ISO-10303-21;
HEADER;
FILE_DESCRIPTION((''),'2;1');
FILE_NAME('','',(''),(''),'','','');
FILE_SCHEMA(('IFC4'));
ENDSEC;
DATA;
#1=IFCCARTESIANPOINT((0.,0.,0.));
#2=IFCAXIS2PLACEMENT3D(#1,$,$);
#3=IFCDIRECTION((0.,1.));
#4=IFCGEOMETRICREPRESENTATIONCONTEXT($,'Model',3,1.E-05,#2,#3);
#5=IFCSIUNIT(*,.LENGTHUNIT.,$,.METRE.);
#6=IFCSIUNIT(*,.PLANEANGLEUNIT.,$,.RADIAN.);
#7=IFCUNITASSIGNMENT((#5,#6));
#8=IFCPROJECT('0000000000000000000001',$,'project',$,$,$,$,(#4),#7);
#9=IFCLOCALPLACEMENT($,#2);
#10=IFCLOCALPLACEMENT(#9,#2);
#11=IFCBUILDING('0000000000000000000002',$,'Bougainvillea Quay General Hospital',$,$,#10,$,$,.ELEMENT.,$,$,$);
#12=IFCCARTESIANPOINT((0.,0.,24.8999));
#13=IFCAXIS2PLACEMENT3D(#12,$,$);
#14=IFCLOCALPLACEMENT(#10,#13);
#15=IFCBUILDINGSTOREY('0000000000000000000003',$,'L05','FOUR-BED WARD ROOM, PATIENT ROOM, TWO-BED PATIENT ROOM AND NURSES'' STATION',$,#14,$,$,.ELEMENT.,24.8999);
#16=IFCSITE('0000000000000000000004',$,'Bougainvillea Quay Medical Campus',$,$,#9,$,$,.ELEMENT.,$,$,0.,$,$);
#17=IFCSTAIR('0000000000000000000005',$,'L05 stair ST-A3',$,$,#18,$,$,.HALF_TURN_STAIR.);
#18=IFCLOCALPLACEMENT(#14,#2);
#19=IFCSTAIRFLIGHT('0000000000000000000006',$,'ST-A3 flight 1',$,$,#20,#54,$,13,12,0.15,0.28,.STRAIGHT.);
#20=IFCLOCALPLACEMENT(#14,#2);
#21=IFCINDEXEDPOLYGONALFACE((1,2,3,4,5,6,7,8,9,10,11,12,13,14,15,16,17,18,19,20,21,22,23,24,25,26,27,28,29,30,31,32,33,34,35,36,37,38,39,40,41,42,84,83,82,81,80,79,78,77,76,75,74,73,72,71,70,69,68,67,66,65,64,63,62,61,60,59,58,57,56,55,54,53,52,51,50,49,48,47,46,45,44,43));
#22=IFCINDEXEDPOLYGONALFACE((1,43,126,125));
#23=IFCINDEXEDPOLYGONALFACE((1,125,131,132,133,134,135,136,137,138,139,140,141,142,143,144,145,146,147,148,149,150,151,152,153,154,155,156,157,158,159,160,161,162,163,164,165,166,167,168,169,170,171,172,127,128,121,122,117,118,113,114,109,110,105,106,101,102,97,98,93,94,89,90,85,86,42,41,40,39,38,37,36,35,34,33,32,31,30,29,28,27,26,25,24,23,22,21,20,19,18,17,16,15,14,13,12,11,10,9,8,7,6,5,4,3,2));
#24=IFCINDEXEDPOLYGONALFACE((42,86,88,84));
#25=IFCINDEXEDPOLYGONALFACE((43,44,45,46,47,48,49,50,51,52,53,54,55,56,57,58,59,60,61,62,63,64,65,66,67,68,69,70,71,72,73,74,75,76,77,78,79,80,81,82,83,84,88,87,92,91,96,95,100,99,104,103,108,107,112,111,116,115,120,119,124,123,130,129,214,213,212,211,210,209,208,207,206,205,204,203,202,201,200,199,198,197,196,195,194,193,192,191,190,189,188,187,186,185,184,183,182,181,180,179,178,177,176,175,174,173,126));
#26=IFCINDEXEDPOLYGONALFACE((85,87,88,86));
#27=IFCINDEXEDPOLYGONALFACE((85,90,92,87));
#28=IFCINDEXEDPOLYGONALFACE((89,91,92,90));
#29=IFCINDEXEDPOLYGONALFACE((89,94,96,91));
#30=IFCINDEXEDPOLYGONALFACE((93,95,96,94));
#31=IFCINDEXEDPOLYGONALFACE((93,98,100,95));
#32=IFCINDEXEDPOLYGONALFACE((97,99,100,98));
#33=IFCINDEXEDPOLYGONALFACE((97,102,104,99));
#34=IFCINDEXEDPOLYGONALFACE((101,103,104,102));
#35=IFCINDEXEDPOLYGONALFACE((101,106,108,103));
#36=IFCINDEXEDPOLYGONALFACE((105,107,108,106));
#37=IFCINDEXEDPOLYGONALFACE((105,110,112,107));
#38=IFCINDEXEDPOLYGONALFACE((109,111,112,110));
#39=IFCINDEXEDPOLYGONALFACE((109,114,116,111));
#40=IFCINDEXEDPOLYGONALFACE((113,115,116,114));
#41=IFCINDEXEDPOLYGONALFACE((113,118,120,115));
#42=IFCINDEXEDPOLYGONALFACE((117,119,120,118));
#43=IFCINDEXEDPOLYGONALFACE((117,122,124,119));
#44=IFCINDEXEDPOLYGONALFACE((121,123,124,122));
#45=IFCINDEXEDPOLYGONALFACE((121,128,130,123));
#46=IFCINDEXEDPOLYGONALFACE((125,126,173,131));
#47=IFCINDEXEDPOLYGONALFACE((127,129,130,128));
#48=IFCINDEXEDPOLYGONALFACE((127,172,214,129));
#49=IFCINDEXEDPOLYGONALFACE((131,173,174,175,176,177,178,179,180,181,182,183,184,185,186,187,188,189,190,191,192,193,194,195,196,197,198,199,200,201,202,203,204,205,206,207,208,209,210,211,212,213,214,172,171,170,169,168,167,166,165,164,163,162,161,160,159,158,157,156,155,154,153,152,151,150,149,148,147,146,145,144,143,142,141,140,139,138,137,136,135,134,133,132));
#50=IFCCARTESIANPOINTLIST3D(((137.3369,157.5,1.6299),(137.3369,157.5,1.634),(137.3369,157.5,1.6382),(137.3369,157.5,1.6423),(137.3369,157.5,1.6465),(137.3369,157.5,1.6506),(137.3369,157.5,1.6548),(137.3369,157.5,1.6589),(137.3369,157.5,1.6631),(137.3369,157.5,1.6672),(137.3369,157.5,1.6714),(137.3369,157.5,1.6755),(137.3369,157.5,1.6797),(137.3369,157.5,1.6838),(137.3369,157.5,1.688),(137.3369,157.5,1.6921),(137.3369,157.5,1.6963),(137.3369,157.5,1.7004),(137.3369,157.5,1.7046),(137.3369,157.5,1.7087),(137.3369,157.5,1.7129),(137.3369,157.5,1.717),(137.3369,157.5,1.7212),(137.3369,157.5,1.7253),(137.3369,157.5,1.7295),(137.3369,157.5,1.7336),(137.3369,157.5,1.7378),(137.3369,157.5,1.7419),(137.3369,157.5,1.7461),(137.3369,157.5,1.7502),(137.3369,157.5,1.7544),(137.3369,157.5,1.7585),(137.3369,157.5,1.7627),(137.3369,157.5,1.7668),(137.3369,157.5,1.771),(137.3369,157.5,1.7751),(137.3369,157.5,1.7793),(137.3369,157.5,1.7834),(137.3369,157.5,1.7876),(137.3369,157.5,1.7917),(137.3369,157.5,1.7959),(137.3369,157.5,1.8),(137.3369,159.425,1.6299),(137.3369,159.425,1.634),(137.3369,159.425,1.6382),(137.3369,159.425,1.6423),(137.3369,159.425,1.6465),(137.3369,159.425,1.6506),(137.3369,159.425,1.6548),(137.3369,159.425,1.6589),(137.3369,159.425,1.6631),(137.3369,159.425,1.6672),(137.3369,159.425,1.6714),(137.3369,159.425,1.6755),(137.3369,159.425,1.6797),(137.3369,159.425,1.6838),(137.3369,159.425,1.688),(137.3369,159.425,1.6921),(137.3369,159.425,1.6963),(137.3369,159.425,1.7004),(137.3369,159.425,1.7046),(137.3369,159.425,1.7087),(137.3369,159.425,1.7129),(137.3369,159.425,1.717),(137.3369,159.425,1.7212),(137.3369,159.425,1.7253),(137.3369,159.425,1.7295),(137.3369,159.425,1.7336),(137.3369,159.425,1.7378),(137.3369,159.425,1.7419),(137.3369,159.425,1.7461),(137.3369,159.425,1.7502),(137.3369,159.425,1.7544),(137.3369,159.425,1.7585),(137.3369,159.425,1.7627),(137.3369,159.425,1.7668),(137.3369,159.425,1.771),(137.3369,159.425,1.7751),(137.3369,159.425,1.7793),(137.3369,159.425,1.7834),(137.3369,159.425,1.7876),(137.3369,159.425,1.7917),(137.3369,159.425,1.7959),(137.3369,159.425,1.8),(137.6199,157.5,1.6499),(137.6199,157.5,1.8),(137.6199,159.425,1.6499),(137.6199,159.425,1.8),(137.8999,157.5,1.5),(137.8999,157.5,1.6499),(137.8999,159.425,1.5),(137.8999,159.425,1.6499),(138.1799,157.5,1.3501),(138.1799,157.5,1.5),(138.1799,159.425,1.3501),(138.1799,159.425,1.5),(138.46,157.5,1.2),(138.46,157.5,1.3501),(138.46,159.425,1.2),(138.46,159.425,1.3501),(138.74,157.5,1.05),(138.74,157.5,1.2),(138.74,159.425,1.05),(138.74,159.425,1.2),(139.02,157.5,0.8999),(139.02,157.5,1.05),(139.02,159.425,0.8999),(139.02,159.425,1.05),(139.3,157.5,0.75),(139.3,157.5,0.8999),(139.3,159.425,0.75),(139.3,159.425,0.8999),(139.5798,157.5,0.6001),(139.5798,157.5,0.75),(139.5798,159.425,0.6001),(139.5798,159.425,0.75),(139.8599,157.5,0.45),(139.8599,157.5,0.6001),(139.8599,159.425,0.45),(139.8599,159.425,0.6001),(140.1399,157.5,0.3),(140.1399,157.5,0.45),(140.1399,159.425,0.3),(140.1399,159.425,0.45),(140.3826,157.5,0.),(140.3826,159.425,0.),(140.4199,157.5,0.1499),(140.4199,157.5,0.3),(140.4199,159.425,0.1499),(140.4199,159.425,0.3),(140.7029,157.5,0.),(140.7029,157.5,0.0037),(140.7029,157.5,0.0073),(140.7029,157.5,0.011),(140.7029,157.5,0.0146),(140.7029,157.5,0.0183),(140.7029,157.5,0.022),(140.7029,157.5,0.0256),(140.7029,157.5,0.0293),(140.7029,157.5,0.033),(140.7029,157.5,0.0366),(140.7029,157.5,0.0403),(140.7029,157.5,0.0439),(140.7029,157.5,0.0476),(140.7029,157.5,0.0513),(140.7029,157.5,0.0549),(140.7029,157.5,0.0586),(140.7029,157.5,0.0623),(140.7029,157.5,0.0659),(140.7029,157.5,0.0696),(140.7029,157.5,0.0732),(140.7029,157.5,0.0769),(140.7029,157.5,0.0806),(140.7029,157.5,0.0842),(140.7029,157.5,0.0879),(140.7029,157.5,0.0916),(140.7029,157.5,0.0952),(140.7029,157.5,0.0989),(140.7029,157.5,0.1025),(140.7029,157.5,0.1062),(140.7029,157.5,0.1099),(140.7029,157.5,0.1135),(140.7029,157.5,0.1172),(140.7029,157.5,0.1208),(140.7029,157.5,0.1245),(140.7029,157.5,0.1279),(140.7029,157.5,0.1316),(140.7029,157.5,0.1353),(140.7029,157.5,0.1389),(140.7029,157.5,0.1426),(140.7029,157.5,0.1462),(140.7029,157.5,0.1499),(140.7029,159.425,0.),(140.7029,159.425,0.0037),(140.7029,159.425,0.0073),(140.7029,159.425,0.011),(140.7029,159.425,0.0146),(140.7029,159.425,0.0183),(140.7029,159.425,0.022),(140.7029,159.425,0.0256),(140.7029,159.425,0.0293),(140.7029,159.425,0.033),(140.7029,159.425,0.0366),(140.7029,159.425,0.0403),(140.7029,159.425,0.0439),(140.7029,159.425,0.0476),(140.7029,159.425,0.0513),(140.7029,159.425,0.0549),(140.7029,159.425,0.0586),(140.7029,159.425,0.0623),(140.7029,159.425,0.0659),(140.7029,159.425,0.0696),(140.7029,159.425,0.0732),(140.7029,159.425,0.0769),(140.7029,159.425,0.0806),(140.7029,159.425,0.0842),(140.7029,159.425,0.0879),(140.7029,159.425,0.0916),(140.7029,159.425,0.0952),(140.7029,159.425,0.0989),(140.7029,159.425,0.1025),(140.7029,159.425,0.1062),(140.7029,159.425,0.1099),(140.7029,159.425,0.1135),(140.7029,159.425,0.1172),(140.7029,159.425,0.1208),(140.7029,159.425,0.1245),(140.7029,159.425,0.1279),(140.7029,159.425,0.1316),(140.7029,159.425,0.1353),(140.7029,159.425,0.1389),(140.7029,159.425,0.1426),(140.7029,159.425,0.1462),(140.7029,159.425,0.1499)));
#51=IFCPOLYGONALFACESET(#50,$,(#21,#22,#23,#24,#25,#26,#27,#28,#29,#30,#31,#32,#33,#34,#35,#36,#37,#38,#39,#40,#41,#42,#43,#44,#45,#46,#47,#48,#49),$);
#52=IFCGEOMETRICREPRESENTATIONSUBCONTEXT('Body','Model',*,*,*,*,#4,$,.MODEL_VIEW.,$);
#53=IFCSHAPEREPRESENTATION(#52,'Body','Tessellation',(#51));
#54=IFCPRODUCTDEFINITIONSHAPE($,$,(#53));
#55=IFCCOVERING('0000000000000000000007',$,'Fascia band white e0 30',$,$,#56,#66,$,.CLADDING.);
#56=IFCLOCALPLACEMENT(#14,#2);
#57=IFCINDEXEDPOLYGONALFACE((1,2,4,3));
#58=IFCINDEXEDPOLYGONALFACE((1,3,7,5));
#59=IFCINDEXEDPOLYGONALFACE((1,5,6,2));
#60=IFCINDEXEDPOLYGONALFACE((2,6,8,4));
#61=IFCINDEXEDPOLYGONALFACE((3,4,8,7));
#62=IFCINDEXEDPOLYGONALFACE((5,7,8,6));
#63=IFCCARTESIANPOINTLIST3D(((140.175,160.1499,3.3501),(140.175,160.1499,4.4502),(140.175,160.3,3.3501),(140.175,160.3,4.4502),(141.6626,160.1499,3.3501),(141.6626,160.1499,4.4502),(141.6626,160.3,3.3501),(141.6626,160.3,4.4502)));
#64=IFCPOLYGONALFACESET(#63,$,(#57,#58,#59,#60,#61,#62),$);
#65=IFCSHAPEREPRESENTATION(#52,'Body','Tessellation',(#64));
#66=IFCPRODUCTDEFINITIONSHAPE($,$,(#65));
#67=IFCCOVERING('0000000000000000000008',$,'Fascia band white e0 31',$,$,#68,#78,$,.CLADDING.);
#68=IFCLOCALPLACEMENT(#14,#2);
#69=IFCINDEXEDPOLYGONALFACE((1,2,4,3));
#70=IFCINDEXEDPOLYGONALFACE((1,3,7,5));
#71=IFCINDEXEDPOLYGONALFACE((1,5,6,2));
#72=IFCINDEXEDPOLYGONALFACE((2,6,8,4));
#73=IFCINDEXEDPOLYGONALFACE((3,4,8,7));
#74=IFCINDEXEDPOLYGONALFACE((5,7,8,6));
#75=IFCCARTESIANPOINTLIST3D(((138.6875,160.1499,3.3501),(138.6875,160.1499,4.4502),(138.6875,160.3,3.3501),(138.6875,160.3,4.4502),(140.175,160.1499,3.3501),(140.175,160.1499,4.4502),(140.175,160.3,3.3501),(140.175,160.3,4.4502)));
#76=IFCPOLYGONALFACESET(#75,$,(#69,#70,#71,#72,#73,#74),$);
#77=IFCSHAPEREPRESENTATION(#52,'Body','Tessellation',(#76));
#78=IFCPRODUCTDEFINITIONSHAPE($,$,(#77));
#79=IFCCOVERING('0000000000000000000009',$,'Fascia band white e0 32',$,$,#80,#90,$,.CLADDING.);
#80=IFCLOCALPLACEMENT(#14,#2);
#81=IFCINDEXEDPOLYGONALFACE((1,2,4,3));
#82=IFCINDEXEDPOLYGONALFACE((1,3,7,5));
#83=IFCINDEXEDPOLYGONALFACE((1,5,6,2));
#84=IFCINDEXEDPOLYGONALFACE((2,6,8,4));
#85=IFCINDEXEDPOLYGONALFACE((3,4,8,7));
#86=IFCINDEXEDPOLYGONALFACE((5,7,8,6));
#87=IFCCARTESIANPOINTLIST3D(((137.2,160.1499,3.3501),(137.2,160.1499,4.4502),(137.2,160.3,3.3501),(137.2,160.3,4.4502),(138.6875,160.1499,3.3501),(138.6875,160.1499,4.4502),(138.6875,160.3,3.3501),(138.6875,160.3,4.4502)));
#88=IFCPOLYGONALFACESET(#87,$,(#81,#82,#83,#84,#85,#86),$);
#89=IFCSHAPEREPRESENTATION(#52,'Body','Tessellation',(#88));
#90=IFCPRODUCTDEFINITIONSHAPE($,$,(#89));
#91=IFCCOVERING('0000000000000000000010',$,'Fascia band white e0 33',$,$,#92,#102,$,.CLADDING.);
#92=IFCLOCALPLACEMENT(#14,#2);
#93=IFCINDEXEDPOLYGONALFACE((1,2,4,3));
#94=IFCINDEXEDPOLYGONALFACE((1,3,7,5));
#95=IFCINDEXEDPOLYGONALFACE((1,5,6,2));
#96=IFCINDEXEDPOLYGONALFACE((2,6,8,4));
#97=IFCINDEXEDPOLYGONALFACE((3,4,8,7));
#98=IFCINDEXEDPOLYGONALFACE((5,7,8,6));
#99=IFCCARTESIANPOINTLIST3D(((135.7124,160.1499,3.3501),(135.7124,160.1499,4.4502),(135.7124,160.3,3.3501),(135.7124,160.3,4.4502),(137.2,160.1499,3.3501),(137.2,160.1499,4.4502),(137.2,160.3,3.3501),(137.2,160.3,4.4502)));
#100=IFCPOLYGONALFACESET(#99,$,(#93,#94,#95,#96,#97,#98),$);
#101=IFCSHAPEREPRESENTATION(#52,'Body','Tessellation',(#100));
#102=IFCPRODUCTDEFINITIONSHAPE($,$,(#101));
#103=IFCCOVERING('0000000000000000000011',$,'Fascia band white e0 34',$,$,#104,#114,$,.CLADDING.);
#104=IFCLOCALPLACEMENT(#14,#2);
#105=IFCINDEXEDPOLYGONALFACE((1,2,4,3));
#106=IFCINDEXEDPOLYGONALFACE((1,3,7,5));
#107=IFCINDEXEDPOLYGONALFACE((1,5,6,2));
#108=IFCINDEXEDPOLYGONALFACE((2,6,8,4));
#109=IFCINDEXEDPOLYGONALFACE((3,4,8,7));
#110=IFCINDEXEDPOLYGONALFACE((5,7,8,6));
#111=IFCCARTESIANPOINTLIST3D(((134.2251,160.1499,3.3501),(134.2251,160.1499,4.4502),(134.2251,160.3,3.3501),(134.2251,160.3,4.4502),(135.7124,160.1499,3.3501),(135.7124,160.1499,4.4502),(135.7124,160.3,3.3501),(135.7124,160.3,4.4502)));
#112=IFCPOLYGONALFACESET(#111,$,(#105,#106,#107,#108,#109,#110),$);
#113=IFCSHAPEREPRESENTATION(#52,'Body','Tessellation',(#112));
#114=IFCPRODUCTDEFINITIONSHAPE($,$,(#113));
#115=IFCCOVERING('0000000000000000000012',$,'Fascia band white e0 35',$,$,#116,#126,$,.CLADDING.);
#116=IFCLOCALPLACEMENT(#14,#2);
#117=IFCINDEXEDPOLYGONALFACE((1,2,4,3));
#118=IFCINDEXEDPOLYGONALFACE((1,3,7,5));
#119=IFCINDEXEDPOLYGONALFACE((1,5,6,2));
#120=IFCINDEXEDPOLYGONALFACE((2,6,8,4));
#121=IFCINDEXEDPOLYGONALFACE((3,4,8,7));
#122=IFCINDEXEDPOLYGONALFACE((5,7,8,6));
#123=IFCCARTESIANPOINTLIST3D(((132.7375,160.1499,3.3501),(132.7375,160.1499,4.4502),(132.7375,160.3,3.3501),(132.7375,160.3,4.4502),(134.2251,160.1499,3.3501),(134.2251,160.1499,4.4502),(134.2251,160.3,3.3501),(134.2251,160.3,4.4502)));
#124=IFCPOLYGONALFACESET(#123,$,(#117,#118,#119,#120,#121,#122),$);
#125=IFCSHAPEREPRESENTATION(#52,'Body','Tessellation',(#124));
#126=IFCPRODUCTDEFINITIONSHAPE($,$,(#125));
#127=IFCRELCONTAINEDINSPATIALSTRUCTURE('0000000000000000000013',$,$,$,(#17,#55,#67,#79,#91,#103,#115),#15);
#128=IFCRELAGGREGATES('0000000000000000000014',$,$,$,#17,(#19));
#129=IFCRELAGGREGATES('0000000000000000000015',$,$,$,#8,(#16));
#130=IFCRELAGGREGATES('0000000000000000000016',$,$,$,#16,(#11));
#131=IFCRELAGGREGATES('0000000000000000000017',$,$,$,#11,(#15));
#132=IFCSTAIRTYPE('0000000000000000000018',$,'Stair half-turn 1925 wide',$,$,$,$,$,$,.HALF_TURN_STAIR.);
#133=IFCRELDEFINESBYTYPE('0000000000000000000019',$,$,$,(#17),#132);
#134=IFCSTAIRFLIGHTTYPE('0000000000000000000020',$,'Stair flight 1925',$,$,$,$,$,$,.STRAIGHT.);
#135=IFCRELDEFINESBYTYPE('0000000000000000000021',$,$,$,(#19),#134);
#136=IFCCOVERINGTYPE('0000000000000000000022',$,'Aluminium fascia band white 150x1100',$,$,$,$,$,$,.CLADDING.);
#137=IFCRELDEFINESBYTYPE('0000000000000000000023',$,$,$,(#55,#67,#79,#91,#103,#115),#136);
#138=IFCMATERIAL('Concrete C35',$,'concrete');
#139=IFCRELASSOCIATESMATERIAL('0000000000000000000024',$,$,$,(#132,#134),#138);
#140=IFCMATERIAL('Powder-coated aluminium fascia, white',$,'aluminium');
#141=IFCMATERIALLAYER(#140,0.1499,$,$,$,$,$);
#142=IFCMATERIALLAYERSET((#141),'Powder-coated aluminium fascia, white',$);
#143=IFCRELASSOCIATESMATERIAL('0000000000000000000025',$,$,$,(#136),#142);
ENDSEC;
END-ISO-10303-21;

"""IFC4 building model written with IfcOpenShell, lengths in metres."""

from ifc_helpers import new_model, si_unit, direction, frame, origin, place, context, subcontext, project, spatial, polyline, outline, extrude, material, layer, layer_set, type_object, element, aggregate, save


model = new_model("IFC4")

# Units and contexts
model_context = context("Model", 3, precision=1e-05, world=origin(), true_north=direction((0.0, 1.0)))
body_context = subcontext(model_context, "Body", "Model", "MODEL_VIEW")
ifc_project = project(units=[si_unit("LENGTHUNIT", "METRE"), si_unit("PLANEANGLEUNIT", "RADIAN")], contexts=[model_context])

# Site, building, storey
site_placement = place(None, origin())
site = spatial("IfcSite", under=ifc_project, at=site_placement, Name="Bougainvillea Quay Medical Campus", CompositionType="ELEMENT", RefElevation=0.0)
building_placement = place(site_placement, origin())
building = spatial("IfcBuilding", under=site, at=building_placement, Name="Bougainvillea Quay General Hospital", CompositionType="ELEMENT")
storey_placement = place(building_placement, frame((0.0, 0.0, 24.8999)))
storey = spatial("IfcBuildingStorey", under=building, at=storey_placement, Name="L05", Description="FOUR-BED WARD ROOM, PATIENT ROOM, TWO-BED PATIENT ROOM AND NURSES' STATION", CompositionType="ELEMENT", Elevation=24.8999)

# Stair, stair flight
ifc_material_1 = material(Name="Concrete C35", Category="concrete")
stair_type = type_object("IfcStairType", Name="Stair half-turn 1925 wide", PredefinedType="HALF_TURN_STAIR", material=ifc_material_1)
stair_placement = place(storey_placement, origin())
stair = element("IfcStair", 1, at=stair_placement, inside=storey, type_object=stair_type, Name="L05 stair ST-A3", PredefinedType="HALF_TURN_STAIR")
stair_flight_type = type_object("IfcStairFlightType", Name="Stair flight 1925", PredefinedType="STRAIGHT", material=ifc_material_1)
stair_flight_1_placement = place(storey_placement, frame((140.7, 158.4624, 0.0), z_axis=(0.0, 0.0, 1.0), x_axis=(-1.0, 0.0, 0.0)))
stair_flight_1 = element("IfcStairFlight", 2, at=stair_flight_1_placement, type_object=stair_flight_type, Name="ST-A3 flight 1", NumberOfRisers=13, NumberOfTreads=12, PredefinedType="STRAIGHT", RiserHeight=0.15, TreadLength=0.28, context=body_context, shape_type="SweptSolid", body=[
    extrude(outline(polyline([(-0.0029, 0.0), (-0.0029, 0.0037), (-0.0029, 0.0073), (-0.0029, 0.011), (-0.0029, 0.0146), (-0.0029, 0.0183), (-0.0029, 0.022), (-0.0029, 0.0256), (-0.0029, 0.0293), (-0.0029, 0.033), (-0.0029, 0.0366), (-0.0029, 0.0403), (-0.0029, 0.0439), (-0.0029, 0.0476), (-0.0029, 0.0513), (-0.0029, 0.0549), (-0.0029, 0.0586), (-0.0029, 0.0623), (-0.0029, 0.0659), (-0.0029, 0.0696), (-0.0029, 0.0732), (-0.0029, 0.0769), (-0.0029, 0.0806), (-0.0029, 0.0842), (-0.0029, 0.0879), (-0.0029, 0.0916), (-0.0029, 0.0952), (-0.0029, 0.0989), (-0.0029, 0.1025), (-0.0029, 0.1062), (-0.0029, 0.1099), (-0.0029, 0.1135), (-0.0029, 0.1172), (-0.0029, 0.1208), (-0.0029, 0.1245), (-0.0029, 0.1279), (-0.0029, 0.1316), (-0.0029, 0.1353), (-0.0029, 0.1389), (-0.0029, 0.1426), (-0.0029, 0.1462), (-0.0029, 0.1499), (0.28, 0.1499), (0.28, 0.3), (0.5601, 0.3), (0.5601, 0.45), (0.8401, 0.45), (0.8401, 0.6001), (1.1201, 0.6001), (1.1201, 0.75), (1.3999, 0.75), (1.3999, 0.8999), (1.6799, 0.8999), (1.6799, 1.05), (1.96, 1.05), (1.96, 1.2), (2.24, 1.2), (2.24, 1.3501), (2.52, 1.3501), (2.52, 1.5), (2.8, 1.5), (2.8, 1.6499), (3.0801, 1.6499), (3.0801, 1.8), (3.363, 1.8), (3.363, 1.7959), (3.363, 1.7917), (3.363, 1.7876), (3.363, 1.7834), (3.363, 1.7793), (3.363, 1.7751), (3.363, 1.771), (3.363, 1.7668), (3.363, 1.7627), (3.363, 1.7585), (3.363, 1.7544), (3.363, 1.7502), (3.363, 1.7461), (3.363, 1.7419), (3.363, 1.7378), (3.363, 1.7336), (3.363, 1.7295), (3.363, 1.7253), (3.363, 1.7212), (3.363, 1.717), (3.363, 1.7129), (3.363, 1.7087), (3.363, 1.7046), (3.363, 1.7004), (3.363, 1.6963), (3.363, 1.6921), (3.363, 1.688), (3.363, 1.6838), (3.363, 1.6797), (3.363, 1.6755), (3.363, 1.6714), (3.363, 1.6672), (3.363, 1.6631), (3.363, 1.6589), (3.363, 1.6548), (3.363, 1.6506), (3.363, 1.6465), (3.363, 1.6423), (3.363, 1.6382), (3.363, 1.634), (3.363, 1.6299), (0.3174, 0.0), (-0.0029, 0.0)])), frame((0.0, 0.9624, 0.0), z_axis=(0.0, -1.0, 0.0), x_axis=(1.0, 0.0, 0.0)), (0.0, 0.0, 1.0), 1.925),
])
aggregate(stair, [stair_flight_1])

# Coverings
ifc_material_2 = material(Name="Powder-coated aluminium fascia, white", Category="aluminium")
ifc_layer_1 = layer(ifc_material_2, 0.1499)
ifc_layer_set_1 = layer_set([ifc_layer_1], Name="Powder-coated aluminium fascia, white")
covering_type = type_object("IfcCoveringType", Name="Aluminium fascia band white 150x1100", PredefinedType="CLADDING", material=ifc_layer_set_1)
for number, where, z_axis, x_axis, name in (
    (3, (141.6626, 160.1499, 3.3501), (0.0, 0.0, 1.0), (-1.0, 0.0, 0.0), "Fascia band white e0 30"),
    (4, (140.175, 160.1499, 3.3501), (0.0, 0.0, 1.0), (-1.0, 0.0, 0.0), "Fascia band white e0 31"),
    (5, (138.6875, 160.1499, 3.3501), (0.0, 0.0, 1.0), (-1.0, 0.0, 0.0), "Fascia band white e0 32"),
    (6, (137.2, 160.1499, 3.3501), (0.0, 0.0, 1.0), (-1.0, 0.0, 0.0), "Fascia band white e0 33"),
):
    element("IfcCovering", number, at=place(storey_placement, frame(where, z_axis=z_axis, x_axis=x_axis)), inside=storey, type_object=covering_type, Name=name, PredefinedType="CLADDING", context=body_context, shape_type="SweptSolid", body=[
        extrude(outline(polyline([(0.0, 0.0), (1.4875, 0.0), (1.4875, -0.1501), (0.0, -0.1501), (0.0, 0.0)])), origin(), (0.0, 0.0, 1.0), 1.1001),
    ])
covering_1_placement = place(storey_placement, frame((135.7124, 160.1499, 3.3501), z_axis=(0.0, 0.0, 1.0), x_axis=(-1.0, 0.0, 0.0)))
element("IfcCovering", 7, at=covering_1_placement, inside=storey, type_object=covering_type, Name="Fascia band white e0 34", PredefinedType="CLADDING", context=body_context, shape_type="SweptSolid", body=[
    extrude(outline(polyline([(0.0, 0.0), (1.4873, 0.0), (1.4873, -0.1501), (0.0, -0.1501), (0.0, 0.0)])), origin(), (0.0, 0.0, 1.0), 1.1001),
])
covering_2_placement = place(storey_placement, frame((134.2251, 160.1499, 3.3501), z_axis=(0.0, 0.0, 1.0), x_axis=(-1.0, 0.0, 0.0)))
element("IfcCovering", 8, at=covering_2_placement, inside=storey, type_object=covering_type, Name="Fascia band white e0 35", PredefinedType="CLADDING", context=body_context, shape_type="SweptSolid", body=[
    extrude(outline(polyline([(0.0, 0.0), (1.4875, 0.0), (1.4875, -0.1501), (0.0, -0.1501), (0.0, 0.0)])), origin(), (0.0, 0.0, 1.0), 1.1001),
])

save(model, "model.ifc")
